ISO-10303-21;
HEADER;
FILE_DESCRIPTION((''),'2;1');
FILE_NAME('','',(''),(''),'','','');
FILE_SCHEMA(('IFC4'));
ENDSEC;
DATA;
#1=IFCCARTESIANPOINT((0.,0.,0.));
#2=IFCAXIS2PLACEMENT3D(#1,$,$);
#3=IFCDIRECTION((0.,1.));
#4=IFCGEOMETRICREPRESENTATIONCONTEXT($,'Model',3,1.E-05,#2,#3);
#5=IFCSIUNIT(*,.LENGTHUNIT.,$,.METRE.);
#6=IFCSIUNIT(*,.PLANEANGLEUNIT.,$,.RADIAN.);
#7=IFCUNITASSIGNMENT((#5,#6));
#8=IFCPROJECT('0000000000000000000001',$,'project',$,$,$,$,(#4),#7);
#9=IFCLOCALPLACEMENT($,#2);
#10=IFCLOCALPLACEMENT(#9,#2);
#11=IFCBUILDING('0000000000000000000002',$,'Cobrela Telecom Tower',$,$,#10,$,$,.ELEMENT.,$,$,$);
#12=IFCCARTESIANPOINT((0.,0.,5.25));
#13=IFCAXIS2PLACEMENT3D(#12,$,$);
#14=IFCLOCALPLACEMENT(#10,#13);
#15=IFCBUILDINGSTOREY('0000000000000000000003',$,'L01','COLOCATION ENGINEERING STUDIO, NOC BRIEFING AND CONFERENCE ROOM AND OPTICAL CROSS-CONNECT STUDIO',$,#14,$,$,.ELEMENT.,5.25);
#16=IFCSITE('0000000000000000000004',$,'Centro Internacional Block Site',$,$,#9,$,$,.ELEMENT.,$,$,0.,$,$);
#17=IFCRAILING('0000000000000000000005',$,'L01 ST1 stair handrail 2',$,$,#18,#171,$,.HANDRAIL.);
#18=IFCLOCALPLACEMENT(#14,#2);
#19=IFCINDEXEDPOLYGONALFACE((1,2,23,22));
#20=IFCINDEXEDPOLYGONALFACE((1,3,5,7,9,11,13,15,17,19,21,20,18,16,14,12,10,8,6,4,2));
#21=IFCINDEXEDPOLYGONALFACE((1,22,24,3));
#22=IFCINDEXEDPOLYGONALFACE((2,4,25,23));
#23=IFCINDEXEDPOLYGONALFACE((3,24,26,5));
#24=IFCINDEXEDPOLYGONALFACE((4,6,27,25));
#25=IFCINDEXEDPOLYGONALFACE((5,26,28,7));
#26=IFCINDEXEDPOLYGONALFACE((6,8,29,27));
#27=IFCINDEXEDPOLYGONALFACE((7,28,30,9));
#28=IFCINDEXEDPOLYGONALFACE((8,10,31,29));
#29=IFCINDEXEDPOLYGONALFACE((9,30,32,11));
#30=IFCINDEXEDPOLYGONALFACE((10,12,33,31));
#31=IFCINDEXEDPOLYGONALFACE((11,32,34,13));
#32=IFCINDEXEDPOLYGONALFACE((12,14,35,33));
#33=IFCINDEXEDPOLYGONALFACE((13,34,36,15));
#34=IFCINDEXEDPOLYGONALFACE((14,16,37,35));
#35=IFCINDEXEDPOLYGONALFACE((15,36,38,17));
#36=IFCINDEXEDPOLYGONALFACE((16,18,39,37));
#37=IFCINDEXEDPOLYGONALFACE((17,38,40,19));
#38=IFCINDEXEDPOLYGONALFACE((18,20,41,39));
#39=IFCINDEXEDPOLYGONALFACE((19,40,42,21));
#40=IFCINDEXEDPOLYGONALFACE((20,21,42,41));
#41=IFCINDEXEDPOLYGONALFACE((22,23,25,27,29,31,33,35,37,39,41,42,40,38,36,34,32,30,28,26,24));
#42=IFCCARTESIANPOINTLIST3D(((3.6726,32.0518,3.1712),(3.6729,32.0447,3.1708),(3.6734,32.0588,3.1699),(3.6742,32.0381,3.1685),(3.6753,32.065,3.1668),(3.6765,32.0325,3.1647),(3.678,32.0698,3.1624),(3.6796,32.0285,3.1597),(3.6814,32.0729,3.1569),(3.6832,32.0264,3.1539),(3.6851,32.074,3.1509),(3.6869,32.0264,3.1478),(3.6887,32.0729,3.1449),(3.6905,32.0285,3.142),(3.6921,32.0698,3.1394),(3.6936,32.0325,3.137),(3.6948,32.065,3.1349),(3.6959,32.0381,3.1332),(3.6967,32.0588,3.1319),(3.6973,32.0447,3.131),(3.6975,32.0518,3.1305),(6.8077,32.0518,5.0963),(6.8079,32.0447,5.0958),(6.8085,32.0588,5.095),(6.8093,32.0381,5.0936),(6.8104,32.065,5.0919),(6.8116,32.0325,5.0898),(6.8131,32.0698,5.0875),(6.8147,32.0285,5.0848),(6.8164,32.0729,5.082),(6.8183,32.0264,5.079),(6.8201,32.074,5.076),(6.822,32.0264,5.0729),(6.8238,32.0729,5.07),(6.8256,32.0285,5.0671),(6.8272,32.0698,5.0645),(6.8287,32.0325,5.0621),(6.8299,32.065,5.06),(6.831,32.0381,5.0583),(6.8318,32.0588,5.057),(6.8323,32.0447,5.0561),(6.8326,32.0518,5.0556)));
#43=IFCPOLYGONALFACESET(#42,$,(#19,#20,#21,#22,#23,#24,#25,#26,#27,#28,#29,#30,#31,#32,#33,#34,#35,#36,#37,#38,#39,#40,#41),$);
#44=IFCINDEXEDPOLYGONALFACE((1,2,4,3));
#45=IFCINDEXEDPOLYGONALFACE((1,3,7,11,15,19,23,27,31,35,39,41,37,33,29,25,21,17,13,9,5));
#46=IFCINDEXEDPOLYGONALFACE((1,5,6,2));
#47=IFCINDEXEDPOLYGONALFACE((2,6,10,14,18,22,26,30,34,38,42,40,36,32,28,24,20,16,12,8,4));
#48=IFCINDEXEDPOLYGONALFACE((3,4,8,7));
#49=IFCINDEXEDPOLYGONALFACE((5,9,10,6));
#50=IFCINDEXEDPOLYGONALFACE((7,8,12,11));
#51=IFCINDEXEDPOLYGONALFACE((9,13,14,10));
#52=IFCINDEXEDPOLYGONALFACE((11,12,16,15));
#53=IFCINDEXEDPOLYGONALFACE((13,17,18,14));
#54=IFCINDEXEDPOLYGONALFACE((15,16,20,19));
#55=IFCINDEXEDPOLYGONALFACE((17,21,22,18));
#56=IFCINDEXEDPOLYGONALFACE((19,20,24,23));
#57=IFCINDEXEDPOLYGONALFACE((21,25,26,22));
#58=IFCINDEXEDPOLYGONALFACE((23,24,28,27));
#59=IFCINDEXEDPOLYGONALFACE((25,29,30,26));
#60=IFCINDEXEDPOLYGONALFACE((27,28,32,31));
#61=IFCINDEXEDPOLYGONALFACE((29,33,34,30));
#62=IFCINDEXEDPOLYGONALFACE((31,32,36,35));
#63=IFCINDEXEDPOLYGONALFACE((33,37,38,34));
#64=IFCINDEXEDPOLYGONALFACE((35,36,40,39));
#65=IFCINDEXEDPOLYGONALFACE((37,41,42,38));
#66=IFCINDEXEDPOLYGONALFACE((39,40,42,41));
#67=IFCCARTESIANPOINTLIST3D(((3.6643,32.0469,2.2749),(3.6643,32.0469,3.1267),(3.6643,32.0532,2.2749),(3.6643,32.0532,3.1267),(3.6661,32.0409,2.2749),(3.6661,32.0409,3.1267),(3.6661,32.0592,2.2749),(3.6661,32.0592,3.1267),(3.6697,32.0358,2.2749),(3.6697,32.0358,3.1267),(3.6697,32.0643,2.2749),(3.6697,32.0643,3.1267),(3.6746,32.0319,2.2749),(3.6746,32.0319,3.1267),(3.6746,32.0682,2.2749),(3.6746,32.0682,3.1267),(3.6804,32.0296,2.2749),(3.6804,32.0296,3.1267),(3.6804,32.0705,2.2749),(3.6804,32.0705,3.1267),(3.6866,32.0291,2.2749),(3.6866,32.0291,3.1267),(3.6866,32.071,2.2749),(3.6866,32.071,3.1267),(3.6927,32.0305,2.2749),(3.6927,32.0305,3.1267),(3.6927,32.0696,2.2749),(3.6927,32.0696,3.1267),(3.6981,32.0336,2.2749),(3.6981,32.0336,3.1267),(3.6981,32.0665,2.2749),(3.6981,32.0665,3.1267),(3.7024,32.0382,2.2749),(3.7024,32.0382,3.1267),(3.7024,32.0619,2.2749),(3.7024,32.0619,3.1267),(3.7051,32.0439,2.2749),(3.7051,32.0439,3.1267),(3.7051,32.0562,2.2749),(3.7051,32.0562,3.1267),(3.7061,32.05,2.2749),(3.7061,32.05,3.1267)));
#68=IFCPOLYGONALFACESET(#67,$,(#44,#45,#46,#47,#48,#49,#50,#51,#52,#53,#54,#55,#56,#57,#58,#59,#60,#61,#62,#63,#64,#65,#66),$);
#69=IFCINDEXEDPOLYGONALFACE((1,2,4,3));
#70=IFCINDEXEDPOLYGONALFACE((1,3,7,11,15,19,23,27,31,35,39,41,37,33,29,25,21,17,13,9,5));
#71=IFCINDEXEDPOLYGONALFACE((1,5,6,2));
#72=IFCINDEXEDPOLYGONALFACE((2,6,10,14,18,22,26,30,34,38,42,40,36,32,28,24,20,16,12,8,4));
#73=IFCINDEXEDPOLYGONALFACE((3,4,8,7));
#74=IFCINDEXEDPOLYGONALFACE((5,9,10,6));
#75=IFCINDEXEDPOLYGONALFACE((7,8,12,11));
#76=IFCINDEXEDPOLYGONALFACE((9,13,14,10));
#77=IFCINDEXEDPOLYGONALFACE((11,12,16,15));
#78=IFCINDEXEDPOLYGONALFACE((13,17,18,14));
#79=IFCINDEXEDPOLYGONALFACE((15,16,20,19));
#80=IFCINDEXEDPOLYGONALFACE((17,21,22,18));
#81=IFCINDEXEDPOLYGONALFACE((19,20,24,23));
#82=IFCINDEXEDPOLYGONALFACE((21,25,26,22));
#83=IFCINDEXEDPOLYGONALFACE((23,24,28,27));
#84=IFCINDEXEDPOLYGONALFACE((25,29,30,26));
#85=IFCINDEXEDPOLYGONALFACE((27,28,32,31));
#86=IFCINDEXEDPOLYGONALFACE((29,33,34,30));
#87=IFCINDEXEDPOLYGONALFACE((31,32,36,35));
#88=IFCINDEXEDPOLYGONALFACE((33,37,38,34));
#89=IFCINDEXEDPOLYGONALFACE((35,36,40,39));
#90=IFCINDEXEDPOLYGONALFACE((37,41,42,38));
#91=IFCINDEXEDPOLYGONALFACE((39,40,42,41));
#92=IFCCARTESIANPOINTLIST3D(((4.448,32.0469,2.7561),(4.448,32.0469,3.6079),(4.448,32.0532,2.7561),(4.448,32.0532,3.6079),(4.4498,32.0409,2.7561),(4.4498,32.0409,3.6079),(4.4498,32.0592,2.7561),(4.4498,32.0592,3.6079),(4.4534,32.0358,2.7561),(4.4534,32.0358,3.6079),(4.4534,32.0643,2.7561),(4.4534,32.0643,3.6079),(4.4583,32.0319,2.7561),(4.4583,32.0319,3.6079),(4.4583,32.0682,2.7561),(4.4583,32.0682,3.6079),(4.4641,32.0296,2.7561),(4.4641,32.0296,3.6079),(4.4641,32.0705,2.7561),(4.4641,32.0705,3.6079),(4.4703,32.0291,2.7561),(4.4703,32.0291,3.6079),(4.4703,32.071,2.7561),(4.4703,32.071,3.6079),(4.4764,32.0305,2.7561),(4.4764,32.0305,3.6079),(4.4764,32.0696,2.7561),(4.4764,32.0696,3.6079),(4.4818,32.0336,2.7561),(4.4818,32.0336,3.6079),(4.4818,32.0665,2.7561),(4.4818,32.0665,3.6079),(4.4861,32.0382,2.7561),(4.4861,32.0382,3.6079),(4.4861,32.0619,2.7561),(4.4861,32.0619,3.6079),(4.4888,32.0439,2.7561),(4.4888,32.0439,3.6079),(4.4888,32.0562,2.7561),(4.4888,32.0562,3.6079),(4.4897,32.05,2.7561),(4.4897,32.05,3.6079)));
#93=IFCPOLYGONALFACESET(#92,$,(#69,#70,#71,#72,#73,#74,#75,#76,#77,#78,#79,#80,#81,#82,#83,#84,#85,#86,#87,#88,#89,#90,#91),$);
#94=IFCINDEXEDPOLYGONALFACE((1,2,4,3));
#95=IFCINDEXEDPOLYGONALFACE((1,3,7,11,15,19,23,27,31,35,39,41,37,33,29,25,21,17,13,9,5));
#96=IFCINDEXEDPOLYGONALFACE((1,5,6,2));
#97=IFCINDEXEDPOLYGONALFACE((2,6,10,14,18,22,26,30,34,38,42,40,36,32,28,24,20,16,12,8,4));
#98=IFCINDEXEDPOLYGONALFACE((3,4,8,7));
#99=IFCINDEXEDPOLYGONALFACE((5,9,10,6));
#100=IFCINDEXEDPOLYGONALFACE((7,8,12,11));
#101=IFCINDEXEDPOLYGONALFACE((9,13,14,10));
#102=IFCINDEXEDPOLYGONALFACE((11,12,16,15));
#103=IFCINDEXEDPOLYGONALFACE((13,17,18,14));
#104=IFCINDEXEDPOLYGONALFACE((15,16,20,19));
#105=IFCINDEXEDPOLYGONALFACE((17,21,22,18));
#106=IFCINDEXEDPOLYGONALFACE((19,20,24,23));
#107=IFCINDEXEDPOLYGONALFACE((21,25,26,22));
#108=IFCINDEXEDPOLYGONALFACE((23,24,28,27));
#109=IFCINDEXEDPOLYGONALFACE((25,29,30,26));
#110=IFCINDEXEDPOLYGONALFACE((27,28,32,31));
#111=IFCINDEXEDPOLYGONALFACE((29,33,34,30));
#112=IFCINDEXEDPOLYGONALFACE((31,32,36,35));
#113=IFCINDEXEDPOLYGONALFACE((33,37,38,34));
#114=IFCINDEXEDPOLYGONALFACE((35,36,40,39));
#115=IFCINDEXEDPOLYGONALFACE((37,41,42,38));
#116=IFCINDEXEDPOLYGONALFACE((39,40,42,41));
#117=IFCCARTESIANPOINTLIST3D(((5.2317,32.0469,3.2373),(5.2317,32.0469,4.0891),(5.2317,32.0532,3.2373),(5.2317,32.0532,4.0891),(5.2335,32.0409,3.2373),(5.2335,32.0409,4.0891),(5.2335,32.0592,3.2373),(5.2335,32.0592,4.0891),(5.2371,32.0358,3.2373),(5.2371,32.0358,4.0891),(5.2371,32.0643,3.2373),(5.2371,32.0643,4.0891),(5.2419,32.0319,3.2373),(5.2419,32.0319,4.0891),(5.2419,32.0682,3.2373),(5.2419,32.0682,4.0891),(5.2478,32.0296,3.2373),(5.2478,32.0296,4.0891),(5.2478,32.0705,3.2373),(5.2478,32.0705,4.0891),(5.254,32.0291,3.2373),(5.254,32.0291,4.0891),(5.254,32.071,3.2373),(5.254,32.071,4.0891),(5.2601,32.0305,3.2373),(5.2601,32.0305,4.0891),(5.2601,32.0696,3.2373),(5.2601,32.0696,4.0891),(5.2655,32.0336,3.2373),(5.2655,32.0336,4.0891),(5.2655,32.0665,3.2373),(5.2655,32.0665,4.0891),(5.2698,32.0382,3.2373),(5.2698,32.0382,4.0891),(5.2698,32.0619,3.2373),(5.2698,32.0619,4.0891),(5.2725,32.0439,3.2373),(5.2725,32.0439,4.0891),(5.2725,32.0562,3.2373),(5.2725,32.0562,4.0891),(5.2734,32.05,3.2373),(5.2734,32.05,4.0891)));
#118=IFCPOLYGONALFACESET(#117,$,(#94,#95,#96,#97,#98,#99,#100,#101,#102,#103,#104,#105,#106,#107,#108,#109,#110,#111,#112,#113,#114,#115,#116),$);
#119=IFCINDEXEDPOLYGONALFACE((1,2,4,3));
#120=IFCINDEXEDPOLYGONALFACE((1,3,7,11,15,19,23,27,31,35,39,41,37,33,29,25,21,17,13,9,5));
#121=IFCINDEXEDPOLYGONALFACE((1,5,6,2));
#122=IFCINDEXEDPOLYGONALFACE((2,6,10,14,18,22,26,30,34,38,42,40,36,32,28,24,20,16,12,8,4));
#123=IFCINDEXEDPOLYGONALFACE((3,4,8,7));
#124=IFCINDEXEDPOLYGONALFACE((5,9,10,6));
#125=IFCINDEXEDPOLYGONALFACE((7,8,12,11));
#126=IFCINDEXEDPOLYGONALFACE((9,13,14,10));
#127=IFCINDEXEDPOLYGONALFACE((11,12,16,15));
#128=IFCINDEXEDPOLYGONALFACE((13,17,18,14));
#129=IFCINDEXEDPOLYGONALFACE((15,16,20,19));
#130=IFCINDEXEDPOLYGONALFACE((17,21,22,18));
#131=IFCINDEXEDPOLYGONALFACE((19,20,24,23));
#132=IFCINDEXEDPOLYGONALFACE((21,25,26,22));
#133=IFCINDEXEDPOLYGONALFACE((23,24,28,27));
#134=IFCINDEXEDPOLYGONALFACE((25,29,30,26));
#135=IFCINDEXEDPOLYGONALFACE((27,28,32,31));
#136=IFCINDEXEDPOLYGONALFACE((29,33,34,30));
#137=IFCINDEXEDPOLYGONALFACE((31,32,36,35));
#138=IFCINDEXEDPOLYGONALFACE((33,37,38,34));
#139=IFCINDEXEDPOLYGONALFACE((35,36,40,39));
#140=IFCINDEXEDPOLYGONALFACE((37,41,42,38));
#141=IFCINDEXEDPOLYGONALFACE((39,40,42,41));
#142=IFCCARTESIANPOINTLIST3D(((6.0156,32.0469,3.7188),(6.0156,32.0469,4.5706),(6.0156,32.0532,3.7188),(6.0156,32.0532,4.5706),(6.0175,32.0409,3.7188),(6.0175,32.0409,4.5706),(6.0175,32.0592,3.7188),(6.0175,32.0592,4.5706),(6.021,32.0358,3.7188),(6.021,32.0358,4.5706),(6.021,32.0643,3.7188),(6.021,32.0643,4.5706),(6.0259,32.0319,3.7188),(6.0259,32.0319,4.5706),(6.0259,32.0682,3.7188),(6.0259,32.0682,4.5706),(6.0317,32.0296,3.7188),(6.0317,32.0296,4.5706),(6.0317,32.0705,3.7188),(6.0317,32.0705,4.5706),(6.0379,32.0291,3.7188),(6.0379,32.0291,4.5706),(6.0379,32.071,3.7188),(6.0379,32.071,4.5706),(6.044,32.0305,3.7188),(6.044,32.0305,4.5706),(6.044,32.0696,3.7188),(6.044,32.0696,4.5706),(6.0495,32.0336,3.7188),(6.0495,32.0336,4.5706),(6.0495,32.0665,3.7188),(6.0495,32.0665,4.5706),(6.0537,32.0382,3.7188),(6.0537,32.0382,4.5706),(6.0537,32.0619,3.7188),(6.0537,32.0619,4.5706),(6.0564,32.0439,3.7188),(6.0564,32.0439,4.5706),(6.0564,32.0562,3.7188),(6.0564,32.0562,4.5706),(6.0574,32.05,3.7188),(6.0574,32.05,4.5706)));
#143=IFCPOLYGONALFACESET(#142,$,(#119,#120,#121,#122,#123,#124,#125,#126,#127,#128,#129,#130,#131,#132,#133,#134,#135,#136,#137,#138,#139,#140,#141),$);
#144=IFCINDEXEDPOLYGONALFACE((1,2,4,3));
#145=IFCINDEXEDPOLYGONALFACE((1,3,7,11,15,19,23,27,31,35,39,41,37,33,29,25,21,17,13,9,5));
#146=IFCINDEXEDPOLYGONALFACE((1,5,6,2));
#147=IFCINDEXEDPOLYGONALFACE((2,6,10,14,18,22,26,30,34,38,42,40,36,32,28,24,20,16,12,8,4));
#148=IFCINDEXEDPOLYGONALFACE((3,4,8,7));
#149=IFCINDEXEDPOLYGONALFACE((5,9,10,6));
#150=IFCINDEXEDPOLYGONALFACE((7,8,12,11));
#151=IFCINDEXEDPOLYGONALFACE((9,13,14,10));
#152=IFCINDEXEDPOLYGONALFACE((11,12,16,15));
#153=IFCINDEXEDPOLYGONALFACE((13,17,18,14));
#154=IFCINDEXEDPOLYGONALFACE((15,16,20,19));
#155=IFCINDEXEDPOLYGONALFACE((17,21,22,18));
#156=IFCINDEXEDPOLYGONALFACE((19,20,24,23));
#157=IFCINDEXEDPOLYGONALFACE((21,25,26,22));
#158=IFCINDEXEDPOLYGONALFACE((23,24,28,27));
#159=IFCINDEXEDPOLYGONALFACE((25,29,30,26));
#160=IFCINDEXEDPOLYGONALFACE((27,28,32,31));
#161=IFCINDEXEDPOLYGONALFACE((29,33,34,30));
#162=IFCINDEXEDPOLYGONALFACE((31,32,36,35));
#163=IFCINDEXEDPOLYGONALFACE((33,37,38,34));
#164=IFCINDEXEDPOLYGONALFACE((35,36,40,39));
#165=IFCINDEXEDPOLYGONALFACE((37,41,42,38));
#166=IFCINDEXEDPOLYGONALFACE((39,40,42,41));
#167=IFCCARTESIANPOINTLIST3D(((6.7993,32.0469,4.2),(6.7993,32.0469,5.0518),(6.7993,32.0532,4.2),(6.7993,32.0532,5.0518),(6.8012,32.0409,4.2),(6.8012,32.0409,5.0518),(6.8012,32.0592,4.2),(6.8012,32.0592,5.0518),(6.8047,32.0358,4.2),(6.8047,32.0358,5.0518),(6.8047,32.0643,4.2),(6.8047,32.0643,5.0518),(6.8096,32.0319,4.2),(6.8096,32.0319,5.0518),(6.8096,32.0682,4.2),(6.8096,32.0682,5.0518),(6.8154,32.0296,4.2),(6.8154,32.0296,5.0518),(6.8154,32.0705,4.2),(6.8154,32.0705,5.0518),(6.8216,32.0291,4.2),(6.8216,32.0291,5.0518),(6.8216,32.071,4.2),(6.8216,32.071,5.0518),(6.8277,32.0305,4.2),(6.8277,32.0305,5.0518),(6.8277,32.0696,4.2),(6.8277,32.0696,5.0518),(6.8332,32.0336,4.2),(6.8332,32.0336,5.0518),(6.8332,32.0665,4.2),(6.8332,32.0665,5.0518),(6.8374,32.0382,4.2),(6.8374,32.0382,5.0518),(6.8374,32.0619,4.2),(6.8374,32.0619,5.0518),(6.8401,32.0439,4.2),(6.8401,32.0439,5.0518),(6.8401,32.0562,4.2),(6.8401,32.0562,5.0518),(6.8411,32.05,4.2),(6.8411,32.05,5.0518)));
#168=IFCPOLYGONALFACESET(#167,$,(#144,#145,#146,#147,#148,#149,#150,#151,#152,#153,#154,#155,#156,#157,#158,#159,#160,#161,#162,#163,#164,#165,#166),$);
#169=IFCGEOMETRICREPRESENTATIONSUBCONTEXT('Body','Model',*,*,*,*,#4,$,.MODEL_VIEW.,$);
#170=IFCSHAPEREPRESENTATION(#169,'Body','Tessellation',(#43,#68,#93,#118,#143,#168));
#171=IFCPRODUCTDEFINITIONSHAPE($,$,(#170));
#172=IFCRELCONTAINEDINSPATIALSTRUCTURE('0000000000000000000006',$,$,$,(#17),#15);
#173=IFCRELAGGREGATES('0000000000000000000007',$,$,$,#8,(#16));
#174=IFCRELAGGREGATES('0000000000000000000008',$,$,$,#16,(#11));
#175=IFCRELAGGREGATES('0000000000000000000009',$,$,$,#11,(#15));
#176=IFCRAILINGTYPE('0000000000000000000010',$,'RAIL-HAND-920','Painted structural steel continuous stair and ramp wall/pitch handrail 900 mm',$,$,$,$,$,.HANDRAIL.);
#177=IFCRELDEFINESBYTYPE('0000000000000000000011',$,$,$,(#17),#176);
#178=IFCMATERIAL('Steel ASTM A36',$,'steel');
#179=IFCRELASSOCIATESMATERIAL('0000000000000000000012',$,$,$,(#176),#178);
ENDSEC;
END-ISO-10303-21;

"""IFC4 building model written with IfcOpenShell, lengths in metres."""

from ifc_helpers import new_model, si_unit, direction, frame, origin, origin_2d, place, context, subcontext, project, spatial, circle, extrude, material, type_object, element, save


model = new_model("IFC4")

# Units and contexts
model_context = context("Model", 3, precision=1e-05, world=origin(), true_north=direction((0.0, 1.0)))
body_context = subcontext(model_context, "Body", "Model", "MODEL_VIEW")
ifc_project = project(units=[si_unit("LENGTHUNIT", "METRE"), si_unit("PLANEANGLEUNIT", "RADIAN")], contexts=[model_context])

# Site, building, storey
site_placement = place(None, origin())
site = spatial("IfcSite", under=ifc_project, at=site_placement, Name="Centro Internacional Block Site", CompositionType="ELEMENT", RefElevation=0.0)
building_placement = place(site_placement, origin())
building = spatial("IfcBuilding", under=site, at=building_placement, Name="Cobrela Telecom Tower", CompositionType="ELEMENT")
storey_placement = place(building_placement, frame((0.0, 0.0, 5.25)))
storey = spatial("IfcBuildingStorey", under=building, at=storey_placement, Name="L01", Description="COLOCATION ENGINEERING STUDIO, NOC BRIEFING AND CONFERENCE ROOM AND OPTICAL CROSS-CONNECT STUDIO", CompositionType="ELEMENT", Elevation=5.25)

# Shared definitions
ifc_material_1 = material(Name="Steel ASTM A36", Category="steel")

# Railing
railing_type_1 = type_object("IfcRailingType", Name="RAIL-HAND-920", Description="Painted structural steel continuous stair and ramp wall/pitch handrail 900 mm", PredefinedType="HANDRAIL", material=ifc_material_1)
railing_1_placement = place(storey_placement, frame((3.6851, 32.05, 2.2749)))
element("IfcRailing", 1, at=railing_1_placement, inside=storey, type_object=railing_type_1, Name="L01 ST1 stair handrail 2", PredefinedType="HANDRAIL", context=body_context, shape_type="SweptSolid", body=[
    extrude(circle(Radius=0.0239, at=origin_2d()), frame((0.0, 0.0, 0.876), z_axis=(0.852166, 0.0, 0.523271), x_axis=(0.0, 1.0, 0.0)), (0.0, 0.0, 1.0), 3.679),
    extrude(circle(Radius=0.021, at=origin_2d()), origin(), (0.0, 0.0, 1.0), 0.8518),
    extrude(circle(Radius=0.021, at=origin_2d()), frame((0.7837, 0.0, 0.4812)), (0.0, 0.0, 1.0), 0.8518),
    extrude(circle(Radius=0.021, at=origin_2d()), frame((1.5674, 0.0, 0.9624)), (0.0, 0.0, 1.0), 0.8518),
    extrude(circle(Radius=0.021, at=origin_2d()), frame((2.3513, 0.0, 1.4438)), (0.0, 0.0, 1.0), 0.8518),
    extrude(circle(Radius=0.021, at=origin_2d()), frame((3.135, 0.0, 1.925)), (0.0, 0.0, 1.0), 0.8518),
])

save(model, "model.ifc")
